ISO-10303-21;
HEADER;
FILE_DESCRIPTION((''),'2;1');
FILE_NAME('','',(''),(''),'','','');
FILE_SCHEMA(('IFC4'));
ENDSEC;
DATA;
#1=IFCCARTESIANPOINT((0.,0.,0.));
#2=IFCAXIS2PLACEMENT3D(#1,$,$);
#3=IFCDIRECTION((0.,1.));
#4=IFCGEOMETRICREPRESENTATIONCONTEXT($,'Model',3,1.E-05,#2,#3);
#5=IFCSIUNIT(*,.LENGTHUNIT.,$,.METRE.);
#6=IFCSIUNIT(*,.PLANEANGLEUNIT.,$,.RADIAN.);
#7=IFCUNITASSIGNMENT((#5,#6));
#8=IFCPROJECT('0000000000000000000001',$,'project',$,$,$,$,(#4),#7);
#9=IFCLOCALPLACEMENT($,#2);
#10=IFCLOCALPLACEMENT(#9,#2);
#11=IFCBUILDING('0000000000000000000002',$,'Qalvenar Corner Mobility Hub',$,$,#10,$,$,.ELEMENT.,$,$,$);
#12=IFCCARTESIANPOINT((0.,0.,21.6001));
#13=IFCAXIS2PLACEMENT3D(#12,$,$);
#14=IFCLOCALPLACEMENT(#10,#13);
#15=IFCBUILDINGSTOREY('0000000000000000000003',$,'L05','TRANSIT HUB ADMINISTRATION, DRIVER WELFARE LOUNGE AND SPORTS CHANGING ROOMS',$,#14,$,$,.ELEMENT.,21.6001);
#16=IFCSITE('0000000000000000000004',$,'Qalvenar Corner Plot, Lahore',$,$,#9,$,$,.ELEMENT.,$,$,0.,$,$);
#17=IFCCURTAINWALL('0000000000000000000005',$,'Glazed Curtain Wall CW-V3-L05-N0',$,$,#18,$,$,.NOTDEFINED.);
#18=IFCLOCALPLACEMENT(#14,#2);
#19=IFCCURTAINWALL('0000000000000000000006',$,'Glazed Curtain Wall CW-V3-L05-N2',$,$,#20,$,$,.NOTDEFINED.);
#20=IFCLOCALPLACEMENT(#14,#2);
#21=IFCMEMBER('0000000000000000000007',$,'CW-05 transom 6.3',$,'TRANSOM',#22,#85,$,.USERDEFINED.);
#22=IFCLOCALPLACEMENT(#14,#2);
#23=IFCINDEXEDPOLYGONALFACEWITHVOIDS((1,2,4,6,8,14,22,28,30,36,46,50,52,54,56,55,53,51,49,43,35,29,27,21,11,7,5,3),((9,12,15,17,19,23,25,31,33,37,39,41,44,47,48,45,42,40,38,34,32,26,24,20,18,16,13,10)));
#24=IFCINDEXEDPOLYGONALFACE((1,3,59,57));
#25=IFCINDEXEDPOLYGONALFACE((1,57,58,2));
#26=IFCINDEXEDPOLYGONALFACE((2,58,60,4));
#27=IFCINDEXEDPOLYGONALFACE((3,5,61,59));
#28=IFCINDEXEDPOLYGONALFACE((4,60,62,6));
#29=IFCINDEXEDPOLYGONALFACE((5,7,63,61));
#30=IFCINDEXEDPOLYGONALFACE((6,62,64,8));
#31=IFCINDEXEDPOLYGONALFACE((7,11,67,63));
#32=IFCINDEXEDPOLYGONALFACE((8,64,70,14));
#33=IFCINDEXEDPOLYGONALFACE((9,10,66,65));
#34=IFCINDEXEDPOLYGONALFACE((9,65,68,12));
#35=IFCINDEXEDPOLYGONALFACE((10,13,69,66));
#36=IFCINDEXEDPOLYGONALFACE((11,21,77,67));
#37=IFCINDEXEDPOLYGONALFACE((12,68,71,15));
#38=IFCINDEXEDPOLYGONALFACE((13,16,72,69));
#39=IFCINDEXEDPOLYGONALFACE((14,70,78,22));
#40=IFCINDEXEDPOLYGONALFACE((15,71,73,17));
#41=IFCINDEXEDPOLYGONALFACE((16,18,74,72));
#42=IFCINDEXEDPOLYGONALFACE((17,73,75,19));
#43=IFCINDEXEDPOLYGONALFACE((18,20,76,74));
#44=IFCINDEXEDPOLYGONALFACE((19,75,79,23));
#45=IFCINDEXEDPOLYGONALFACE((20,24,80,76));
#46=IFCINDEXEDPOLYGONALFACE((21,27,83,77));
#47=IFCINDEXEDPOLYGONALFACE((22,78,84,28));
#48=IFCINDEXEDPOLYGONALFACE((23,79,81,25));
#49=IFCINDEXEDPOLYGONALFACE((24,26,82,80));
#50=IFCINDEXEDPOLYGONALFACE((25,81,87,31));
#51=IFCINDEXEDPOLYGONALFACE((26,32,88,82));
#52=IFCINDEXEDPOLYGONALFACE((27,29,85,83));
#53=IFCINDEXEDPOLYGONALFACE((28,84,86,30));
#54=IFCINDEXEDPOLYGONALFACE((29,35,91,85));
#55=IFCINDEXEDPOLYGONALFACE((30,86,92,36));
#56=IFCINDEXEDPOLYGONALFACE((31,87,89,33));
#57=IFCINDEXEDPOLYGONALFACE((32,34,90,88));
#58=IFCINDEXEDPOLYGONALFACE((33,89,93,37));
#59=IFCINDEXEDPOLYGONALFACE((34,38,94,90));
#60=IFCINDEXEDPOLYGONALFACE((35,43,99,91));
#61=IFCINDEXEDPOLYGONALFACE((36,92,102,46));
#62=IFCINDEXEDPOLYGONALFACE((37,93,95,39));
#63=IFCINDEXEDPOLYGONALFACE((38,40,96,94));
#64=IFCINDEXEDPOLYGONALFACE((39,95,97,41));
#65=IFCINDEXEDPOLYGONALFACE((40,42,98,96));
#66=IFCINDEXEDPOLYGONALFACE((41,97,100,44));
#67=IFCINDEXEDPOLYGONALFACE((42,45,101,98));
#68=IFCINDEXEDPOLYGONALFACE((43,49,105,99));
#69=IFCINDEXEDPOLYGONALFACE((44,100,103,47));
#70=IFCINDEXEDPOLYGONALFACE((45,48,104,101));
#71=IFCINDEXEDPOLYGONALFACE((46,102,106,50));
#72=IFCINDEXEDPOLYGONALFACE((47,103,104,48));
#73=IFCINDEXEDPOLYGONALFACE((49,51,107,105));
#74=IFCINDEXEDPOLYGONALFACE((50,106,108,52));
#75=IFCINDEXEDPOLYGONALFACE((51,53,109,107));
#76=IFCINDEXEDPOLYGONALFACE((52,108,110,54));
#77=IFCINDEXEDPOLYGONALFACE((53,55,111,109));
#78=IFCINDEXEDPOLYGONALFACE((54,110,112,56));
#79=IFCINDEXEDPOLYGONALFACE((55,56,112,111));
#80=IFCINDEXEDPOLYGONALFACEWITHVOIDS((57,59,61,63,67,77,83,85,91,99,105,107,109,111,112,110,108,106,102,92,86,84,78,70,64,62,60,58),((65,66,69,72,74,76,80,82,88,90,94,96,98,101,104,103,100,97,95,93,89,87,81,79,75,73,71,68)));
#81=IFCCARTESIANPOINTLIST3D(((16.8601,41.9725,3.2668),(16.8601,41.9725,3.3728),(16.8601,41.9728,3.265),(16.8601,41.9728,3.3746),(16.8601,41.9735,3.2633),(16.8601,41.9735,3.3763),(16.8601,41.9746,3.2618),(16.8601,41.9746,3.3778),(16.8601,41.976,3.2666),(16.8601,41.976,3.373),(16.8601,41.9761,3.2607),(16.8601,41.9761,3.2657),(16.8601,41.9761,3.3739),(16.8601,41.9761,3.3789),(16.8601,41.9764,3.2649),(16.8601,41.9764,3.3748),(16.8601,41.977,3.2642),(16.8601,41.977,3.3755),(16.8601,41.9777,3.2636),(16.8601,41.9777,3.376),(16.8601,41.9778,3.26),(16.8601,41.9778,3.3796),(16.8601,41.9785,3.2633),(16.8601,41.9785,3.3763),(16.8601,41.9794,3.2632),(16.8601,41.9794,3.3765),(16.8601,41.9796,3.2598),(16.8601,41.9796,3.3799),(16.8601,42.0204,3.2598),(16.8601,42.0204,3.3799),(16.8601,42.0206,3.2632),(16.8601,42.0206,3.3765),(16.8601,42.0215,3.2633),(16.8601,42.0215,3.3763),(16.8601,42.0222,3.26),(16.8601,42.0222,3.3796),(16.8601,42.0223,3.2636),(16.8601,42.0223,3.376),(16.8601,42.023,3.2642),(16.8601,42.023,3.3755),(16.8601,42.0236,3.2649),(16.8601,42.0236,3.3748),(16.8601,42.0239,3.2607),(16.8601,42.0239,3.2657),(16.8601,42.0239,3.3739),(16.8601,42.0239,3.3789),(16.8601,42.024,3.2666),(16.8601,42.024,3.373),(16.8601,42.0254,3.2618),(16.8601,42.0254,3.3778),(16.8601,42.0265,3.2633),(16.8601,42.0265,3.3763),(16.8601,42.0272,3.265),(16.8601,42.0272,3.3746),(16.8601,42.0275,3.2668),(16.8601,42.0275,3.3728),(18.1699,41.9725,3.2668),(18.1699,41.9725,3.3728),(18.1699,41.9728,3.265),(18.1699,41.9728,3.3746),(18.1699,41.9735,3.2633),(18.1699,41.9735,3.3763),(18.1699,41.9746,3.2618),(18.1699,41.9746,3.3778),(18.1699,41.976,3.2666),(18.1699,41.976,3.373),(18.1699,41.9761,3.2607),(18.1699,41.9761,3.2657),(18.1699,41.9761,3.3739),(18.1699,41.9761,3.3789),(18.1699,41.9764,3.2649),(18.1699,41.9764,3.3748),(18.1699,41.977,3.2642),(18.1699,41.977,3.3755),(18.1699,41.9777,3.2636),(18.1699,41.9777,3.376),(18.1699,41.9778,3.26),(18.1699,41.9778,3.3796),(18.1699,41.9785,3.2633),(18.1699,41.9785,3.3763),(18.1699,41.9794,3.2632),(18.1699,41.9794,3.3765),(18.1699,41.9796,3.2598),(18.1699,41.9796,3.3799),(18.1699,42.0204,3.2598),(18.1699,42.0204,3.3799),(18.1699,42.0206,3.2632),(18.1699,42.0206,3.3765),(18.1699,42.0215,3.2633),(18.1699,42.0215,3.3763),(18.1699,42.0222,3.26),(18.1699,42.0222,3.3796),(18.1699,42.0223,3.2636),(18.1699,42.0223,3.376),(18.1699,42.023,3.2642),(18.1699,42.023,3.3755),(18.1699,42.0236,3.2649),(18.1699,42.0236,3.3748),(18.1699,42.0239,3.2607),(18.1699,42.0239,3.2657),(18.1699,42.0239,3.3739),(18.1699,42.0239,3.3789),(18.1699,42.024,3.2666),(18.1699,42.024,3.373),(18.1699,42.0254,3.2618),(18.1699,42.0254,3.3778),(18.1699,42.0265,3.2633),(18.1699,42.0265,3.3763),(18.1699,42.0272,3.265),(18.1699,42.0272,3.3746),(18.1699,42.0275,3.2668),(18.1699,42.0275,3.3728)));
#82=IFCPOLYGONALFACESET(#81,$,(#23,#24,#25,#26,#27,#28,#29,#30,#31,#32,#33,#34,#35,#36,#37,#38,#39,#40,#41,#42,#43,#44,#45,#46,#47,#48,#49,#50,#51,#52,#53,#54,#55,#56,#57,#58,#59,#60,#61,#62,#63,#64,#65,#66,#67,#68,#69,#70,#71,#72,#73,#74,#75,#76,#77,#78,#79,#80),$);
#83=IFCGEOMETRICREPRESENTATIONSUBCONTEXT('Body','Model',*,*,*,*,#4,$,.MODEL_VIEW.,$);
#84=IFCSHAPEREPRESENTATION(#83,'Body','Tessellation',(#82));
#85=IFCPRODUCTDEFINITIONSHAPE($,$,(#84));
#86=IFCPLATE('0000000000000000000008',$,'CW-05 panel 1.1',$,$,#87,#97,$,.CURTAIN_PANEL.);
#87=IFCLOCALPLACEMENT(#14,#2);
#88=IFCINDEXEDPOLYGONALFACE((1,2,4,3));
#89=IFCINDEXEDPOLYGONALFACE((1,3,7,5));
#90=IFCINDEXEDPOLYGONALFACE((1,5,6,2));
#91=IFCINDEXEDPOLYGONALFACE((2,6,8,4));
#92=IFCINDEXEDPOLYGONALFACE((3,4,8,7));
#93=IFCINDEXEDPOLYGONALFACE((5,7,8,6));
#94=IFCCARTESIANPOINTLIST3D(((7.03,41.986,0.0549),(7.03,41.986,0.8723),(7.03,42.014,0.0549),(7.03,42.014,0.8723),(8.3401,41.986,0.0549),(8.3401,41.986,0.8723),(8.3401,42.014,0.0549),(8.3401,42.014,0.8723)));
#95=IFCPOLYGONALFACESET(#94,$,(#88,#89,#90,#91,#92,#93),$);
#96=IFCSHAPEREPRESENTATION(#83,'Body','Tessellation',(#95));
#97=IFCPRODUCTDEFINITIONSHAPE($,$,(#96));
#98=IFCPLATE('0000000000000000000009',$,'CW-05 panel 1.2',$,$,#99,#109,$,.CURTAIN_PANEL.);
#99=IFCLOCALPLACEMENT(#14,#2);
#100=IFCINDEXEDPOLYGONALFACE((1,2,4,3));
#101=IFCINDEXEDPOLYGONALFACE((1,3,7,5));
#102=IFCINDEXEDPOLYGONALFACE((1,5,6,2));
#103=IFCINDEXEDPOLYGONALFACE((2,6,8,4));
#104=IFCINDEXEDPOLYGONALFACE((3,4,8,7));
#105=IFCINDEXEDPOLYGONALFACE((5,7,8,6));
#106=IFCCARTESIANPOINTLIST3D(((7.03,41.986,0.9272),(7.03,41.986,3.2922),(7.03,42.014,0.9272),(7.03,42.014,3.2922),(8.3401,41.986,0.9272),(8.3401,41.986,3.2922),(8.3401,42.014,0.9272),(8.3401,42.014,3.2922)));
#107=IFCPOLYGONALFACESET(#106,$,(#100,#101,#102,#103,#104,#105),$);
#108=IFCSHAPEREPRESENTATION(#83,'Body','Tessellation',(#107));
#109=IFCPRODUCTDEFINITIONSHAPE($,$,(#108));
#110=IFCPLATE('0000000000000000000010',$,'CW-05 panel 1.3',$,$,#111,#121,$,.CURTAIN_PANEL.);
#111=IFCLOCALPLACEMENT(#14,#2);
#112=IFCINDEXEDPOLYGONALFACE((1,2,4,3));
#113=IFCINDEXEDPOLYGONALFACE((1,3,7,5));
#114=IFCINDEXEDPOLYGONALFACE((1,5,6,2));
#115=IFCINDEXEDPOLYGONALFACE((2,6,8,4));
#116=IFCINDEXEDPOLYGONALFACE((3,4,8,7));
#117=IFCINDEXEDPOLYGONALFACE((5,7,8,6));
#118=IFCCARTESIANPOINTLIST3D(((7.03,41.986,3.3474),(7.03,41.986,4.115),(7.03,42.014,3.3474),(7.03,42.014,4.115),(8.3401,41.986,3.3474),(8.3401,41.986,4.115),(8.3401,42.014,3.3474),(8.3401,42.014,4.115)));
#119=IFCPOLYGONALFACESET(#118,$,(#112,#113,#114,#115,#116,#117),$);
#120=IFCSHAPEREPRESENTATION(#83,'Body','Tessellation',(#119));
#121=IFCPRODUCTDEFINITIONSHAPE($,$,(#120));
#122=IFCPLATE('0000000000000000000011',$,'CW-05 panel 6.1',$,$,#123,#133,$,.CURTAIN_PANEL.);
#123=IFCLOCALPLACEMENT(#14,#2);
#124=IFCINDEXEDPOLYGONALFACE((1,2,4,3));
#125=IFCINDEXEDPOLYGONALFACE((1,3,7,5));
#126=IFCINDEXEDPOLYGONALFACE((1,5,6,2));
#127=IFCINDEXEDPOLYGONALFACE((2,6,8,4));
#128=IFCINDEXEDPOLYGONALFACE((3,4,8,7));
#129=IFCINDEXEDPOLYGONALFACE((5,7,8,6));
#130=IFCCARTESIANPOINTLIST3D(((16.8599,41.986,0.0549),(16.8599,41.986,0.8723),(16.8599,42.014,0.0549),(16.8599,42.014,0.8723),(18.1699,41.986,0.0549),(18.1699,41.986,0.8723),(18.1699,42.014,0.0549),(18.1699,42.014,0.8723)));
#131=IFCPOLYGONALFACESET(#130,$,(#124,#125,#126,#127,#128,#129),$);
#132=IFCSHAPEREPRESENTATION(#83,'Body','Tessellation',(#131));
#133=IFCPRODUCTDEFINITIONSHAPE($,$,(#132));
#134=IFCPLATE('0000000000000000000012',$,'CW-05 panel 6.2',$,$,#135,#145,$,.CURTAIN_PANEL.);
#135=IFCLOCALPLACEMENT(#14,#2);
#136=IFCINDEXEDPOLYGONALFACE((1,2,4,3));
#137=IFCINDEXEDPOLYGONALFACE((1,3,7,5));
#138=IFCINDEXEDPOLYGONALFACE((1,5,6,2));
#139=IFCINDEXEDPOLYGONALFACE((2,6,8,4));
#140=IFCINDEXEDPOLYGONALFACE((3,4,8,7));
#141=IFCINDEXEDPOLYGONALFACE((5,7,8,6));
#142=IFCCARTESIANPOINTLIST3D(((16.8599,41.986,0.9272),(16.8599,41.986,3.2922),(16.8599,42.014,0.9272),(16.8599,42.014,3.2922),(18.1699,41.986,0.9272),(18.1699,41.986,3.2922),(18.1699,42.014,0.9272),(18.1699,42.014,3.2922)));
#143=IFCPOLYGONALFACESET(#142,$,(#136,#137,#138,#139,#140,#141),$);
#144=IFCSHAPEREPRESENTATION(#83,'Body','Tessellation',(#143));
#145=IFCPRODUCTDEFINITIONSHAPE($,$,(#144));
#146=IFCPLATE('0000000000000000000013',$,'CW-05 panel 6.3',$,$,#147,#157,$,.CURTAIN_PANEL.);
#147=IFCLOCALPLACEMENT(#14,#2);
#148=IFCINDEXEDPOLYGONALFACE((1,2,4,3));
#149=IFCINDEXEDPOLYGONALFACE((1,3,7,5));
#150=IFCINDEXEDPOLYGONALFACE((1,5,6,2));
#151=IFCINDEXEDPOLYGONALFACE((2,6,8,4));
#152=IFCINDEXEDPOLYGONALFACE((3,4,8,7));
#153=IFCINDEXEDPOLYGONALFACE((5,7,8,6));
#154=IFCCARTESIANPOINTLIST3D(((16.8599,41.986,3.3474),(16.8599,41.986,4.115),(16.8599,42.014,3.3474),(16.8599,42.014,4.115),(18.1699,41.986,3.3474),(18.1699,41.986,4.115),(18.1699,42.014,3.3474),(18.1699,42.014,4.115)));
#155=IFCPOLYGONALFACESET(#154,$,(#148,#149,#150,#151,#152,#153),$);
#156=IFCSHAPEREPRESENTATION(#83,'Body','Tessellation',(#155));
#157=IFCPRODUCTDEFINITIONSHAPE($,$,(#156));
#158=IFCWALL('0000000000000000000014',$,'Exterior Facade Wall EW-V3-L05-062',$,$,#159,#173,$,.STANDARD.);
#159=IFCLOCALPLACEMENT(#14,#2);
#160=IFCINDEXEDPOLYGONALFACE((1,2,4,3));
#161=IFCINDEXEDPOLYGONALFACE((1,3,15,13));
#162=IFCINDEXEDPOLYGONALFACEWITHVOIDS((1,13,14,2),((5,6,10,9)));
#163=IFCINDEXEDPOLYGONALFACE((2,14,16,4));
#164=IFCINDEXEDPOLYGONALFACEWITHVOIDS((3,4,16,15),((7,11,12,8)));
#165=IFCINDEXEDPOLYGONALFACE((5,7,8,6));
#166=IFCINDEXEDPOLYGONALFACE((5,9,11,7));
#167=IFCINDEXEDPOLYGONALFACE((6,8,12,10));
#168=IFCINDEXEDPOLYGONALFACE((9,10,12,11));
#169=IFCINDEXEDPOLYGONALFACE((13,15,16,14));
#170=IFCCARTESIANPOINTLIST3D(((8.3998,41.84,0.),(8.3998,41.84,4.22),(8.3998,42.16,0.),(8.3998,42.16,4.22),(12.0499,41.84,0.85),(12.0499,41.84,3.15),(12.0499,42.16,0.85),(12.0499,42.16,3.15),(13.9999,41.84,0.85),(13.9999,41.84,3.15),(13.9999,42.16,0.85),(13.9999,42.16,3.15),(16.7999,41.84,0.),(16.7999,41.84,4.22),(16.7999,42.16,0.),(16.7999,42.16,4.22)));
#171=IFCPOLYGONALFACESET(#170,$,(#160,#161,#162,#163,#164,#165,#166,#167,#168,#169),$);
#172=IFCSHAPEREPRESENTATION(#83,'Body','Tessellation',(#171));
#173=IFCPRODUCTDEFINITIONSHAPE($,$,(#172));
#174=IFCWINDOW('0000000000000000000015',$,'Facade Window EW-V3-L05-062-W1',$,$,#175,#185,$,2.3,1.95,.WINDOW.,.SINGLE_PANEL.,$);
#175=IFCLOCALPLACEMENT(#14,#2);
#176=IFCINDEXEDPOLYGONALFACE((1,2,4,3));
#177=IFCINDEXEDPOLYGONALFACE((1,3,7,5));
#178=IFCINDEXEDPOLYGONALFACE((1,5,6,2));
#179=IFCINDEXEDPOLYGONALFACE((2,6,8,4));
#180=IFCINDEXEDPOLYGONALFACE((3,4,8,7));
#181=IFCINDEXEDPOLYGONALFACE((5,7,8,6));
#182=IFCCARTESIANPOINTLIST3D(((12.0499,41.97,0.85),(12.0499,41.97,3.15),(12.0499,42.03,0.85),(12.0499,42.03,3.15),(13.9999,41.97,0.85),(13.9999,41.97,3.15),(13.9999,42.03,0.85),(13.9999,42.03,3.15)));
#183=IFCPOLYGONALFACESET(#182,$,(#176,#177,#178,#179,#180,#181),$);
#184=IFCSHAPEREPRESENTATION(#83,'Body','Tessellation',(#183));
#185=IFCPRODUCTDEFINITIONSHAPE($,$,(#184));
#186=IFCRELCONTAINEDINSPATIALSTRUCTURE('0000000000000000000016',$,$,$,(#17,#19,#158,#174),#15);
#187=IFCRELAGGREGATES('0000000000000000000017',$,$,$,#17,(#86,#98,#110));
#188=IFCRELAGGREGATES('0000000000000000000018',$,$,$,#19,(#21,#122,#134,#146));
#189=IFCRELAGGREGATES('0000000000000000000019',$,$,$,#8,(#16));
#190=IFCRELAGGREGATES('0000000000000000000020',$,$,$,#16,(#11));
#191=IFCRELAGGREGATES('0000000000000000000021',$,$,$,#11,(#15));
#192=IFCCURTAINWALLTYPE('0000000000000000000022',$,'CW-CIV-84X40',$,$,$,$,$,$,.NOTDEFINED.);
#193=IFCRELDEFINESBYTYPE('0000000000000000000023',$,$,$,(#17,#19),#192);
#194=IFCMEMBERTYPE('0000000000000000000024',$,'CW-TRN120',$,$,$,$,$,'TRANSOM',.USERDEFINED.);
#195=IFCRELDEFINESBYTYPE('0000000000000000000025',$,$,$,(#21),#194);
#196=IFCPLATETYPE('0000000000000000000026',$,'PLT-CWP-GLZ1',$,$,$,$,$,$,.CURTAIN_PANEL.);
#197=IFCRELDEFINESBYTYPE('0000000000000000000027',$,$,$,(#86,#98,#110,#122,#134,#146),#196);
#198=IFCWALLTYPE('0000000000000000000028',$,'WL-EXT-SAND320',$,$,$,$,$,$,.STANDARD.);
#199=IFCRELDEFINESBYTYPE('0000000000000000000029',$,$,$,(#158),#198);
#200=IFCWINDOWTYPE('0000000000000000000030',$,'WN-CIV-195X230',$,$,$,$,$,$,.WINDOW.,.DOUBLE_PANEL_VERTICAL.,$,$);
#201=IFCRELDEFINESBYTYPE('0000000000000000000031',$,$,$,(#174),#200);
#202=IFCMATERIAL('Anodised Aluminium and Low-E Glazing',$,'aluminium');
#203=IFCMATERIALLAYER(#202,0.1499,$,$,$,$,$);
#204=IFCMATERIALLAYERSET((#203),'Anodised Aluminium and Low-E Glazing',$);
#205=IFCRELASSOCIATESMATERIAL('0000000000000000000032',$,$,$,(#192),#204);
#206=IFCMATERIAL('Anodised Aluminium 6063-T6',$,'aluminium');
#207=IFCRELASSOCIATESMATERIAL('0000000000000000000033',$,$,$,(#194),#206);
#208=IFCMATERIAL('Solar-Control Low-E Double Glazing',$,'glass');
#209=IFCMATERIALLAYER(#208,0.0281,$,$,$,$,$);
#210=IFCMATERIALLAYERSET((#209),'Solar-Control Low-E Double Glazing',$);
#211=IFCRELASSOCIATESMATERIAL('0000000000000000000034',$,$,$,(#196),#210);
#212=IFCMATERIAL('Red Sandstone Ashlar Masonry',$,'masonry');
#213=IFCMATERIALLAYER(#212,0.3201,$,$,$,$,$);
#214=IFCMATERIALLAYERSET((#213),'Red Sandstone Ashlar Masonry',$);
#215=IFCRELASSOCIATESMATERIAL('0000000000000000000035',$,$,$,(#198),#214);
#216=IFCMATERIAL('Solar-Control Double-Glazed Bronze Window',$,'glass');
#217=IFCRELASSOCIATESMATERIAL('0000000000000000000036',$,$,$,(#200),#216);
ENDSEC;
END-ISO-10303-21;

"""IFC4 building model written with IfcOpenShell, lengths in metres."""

from ifc_helpers import new_model, si_unit, direction, frame, frame_2d, origin, origin_2d, place, context, subcontext, project, spatial, rectangle, hollow_rectangle, extrude, material, layer, layer_set, material_profile, profile_set, type_object, element, fill, aggregate, save


model = new_model("IFC4")

# Units and contexts
model_context = context("Model", 3, precision=1e-05, world=origin(), true_north=direction((0.0, 1.0)))
body_context = subcontext(model_context, "Body", "Model", "MODEL_VIEW")
ifc_project = project(units=[si_unit("LENGTHUNIT", "METRE"), si_unit("PLANEANGLEUNIT", "RADIAN")], contexts=[model_context])

# Site, building, storey
site_placement = place(None, origin())
site = spatial("IfcSite", under=ifc_project, at=site_placement, Name="Qalvenar Corner Plot, Lahore", CompositionType="ELEMENT", RefElevation=0.0)
building_placement = place(site_placement, origin())
building = spatial("IfcBuilding", under=site, at=building_placement, Name="Qalvenar Corner Mobility Hub", CompositionType="ELEMENT")
storey_placement = place(building_placement, frame((0.0, 0.0, 21.6001)))
storey = spatial("IfcBuildingStorey", under=building, at=storey_placement, Name="L05", Description="TRANSIT HUB ADMINISTRATION, DRIVER WELFARE LOUNGE AND SPORTS CHANGING ROOMS", CompositionType="ELEMENT", Elevation=21.6001)

# Curtain walls
ifc_material_1 = material(Name="Anodised Aluminium and Low-E Glazing", Category="aluminium")
ifc_layer_1 = layer(ifc_material_1, 0.1499)
ifc_layer_set_1 = layer_set([ifc_layer_1], Name="Anodised Aluminium and Low-E Glazing")
curtain_wall_type = type_object("IfcCurtainWallType", Name="CW-CIV-84X40", PredefinedType="NOTDEFINED", material=ifc_layer_set_1)
curtain_wall_1_placement = place(storey_placement, origin())
curtain_wall_1 = element("IfcCurtainWall", 1, at=curtain_wall_1_placement, inside=storey, type_object=curtain_wall_type, Name="Glazed Curtain Wall CW-V3-L05-N0", PredefinedType="NOTDEFINED")
ifc_material_2 = material(Name="Anodised Aluminium 6063-T6", Category="aluminium")
curtain_wall_2_placement = place(storey_placement, origin())
curtain_wall_2 = element("IfcCurtainWall", 2, at=curtain_wall_2_placement, inside=storey, type_object=curtain_wall_type, Name="Glazed Curtain Wall CW-V3-L05-N2", PredefinedType="NOTDEFINED")

# Member
ifc_material_profile_1 = material_profile(ifc_material_2, hollow_rectangle(XDim=0.0549, YDim=0.1201, WallThickness=0.0034, InnerFilletRadius=0.0034, OuterFilletRadius=0.0071, at=origin_2d()), Name="RHS120x55x3.5")
ifc_profile_set_1 = profile_set([ifc_material_profile_1], Name="Anodised Aluminium 6063-T6")
member_type_1 = type_object("IfcMemberType", Name="CW-TRN120", ElementType="TRANSOM", PredefinedType="USERDEFINED", material=ifc_profile_set_1)
member_1_placement = place(storey_placement, frame((18.1699, 42.0, 3.3198), z_axis=(-1.0, 0.0, 0.0), x_axis=(0.0, -1.0, 0.0)))
member_1 = element("IfcMember", 3, at=member_1_placement, type_object=member_type_1, Name="CW-05 transom 6.3", ObjectType="TRANSOM", PredefinedType="USERDEFINED", context=body_context, shape_type="SweptSolid", body=[
    extrude(hollow_rectangle(XDim=0.0549, YDim=0.1201, WallThickness=0.0034, InnerFilletRadius=0.0034, OuterFilletRadius=0.0071, at=origin_2d()), origin(), (0.0, 0.0, 1.0), 1.3098),
])

# Plates
ifc_material_3 = material(Name="Solar-Control Low-E Double Glazing", Category="glass")
ifc_layer_2 = layer(ifc_material_3, 0.0281)
ifc_layer_set_2 = layer_set([ifc_layer_2], Name="Solar-Control Low-E Double Glazing")
plate_type = type_object("IfcPlateType", Name="PLT-CWP-GLZ1", PredefinedType="CURTAIN_PANEL", material=ifc_layer_set_2)
plate_1_placement = place(storey_placement, frame((7.6851, 42.0, 0.0549), z_axis=(0.0, 0.0, 1.0), x_axis=(-1.0, 0.0, 0.0)))
plate_1 = element("IfcPlate", 4, at=plate_1_placement, type_object=plate_type, Name="CW-05 panel 1.1", PredefinedType="CURTAIN_PANEL", context=body_context, shape_type="SweptSolid", body=[
    extrude(rectangle(XDim=1.3101, YDim=0.0281, at=origin_2d()), origin(), (0.0, 0.0, 1.0), 0.8174),
])
plate_2_placement = place(storey_placement, frame((7.6851, 42.0, 0.9272), z_axis=(0.0, 0.0, 1.0), x_axis=(-1.0, 0.0, 0.0)))
plate_2 = element("IfcPlate", 5, at=plate_2_placement, type_object=plate_type, Name="CW-05 panel 1.2", PredefinedType="CURTAIN_PANEL", context=body_context, shape_type="SweptSolid", body=[
    extrude(rectangle(XDim=1.3101, YDim=0.0281, at=origin_2d()), origin(), (0.0, 0.0, 1.0), 2.365),
])
plate_3_placement = place(storey_placement, frame((7.6851, 42.0, 3.3474), z_axis=(0.0, 0.0, 1.0), x_axis=(-1.0, 0.0, 0.0)))
plate_3 = element("IfcPlate", 6, at=plate_3_placement, type_object=plate_type, Name="CW-05 panel 1.3", PredefinedType="CURTAIN_PANEL", context=body_context, shape_type="SweptSolid", body=[
    extrude(rectangle(XDim=1.3101, YDim=0.0281, at=origin_2d()), origin(), (0.0, 0.0, 1.0), 0.7676),
])
aggregate(curtain_wall_1, [plate_1, plate_2, plate_3])
plate_4_placement = place(storey_placement, frame((17.5149, 42.0, 0.0549), z_axis=(0.0, 0.0, 1.0), x_axis=(-1.0, 0.0, 0.0)))
plate_4 = element("IfcPlate", 7, at=plate_4_placement, type_object=plate_type, Name="CW-05 panel 6.1", PredefinedType="CURTAIN_PANEL", context=body_context, shape_type="SweptSolid", body=[
    extrude(rectangle(XDim=1.3101, YDim=0.0281, at=origin_2d()), origin(), (0.0, 0.0, 1.0), 0.8174),
])
plate_5_placement = place(storey_placement, frame((17.5149, 42.0, 0.9272), z_axis=(0.0, 0.0, 1.0), x_axis=(-1.0, 0.0, 0.0)))
plate_5 = element("IfcPlate", 8, at=plate_5_placement, type_object=plate_type, Name="CW-05 panel 6.2", PredefinedType="CURTAIN_PANEL", context=body_context, shape_type="SweptSolid", body=[
    extrude(rectangle(XDim=1.3101, YDim=0.0281, at=origin_2d()), origin(), (0.0, 0.0, 1.0), 2.365),
])
plate_6_placement = place(storey_placement, frame((17.5149, 42.0, 3.3474), z_axis=(0.0, 0.0, 1.0), x_axis=(-1.0, 0.0, 0.0)))
plate_6 = element("IfcPlate", 9, at=plate_6_placement, type_object=plate_type, Name="CW-05 panel 6.3", PredefinedType="CURTAIN_PANEL", context=body_context, shape_type="SweptSolid", body=[
    extrude(rectangle(XDim=1.3101, YDim=0.0281, at=origin_2d()), origin(), (0.0, 0.0, 1.0), 0.7676),
])
aggregate(curtain_wall_2, [member_1, plate_4, plate_5, plate_6])

# Wall, opening, window
ifc_material_4 = material(Name="Red Sandstone Ashlar Masonry", Category="masonry")
ifc_layer_3 = layer(ifc_material_4, 0.3201)
ifc_layer_set_3 = layer_set([ifc_layer_3], Name="Red Sandstone Ashlar Masonry")
wall_type = type_object("IfcWallType", Name="WL-EXT-SAND320", PredefinedType="STANDARD", material=ifc_layer_set_3)
wall_placement = place(storey_placement, frame((16.8, 42.0, 0.0), z_axis=(0.0, 0.0, 1.0), x_axis=(-1.0, 0.0, 0.0)))
wall = element("IfcWall", 10, at=wall_placement, inside=storey, type_object=wall_type, Name="Exterior Facade Wall EW-V3-L05-062", PredefinedType="STANDARD", context=body_context, shape_type="SweptSolid", body=[
    extrude(rectangle(XDim=8.4001, YDim=0.3201, at=frame_2d((4.2002, 0.0))), origin(), (0.0, 0.0, 1.0), 4.22),
])
opening_placement = place(wall_placement, frame((2.8, 0.0, 0.8501)))
opening = element("IfcOpeningElement", 11, at=opening_placement, cuts=wall, PredefinedType="OPENING", context=body_context, shape_type="SweptSolid", body=[
    extrude(rectangle(XDim=1.95, YDim=2.3, at=frame_2d((0.9751, 1.1499))), frame((0.0, 0.1699, 0.0), z_axis=(0.0, -1.0, 0.0), x_axis=(1.0, 0.0, 0.0)), (0.0, 0.0, 1.0), 0.3401),
])
ifc_material_5 = material(Name="Solar-Control Double-Glazed Bronze Window", Category="glass")
window_type = type_object("IfcWindowType", Name="WN-CIV-195X230", PartitioningType="DOUBLE_PANEL_VERTICAL", PredefinedType="WINDOW", material=ifc_material_5)
window_placement = place(opening_placement, origin())
window = element("IfcWindow", 12, at=window_placement, inside=storey, type_object=window_type, Name="Facade Window EW-V3-L05-062-W1", OverallHeight=2.3, OverallWidth=1.95, PartitioningType="SINGLE_PANEL", PredefinedType="WINDOW", context=body_context, shape_type="SweptSolid", body=[
    extrude(rectangle(XDim=1.95, YDim=2.3, at=frame_2d((0.9751, 1.1499))), frame((0.0, 0.03, 0.0), z_axis=(0.0, -1.0, 0.0), x_axis=(1.0, 0.0, 0.0)), (0.0, 0.0, 1.0), 0.0601),
])
fill(opening, window)

save(model, "model.ifc")
